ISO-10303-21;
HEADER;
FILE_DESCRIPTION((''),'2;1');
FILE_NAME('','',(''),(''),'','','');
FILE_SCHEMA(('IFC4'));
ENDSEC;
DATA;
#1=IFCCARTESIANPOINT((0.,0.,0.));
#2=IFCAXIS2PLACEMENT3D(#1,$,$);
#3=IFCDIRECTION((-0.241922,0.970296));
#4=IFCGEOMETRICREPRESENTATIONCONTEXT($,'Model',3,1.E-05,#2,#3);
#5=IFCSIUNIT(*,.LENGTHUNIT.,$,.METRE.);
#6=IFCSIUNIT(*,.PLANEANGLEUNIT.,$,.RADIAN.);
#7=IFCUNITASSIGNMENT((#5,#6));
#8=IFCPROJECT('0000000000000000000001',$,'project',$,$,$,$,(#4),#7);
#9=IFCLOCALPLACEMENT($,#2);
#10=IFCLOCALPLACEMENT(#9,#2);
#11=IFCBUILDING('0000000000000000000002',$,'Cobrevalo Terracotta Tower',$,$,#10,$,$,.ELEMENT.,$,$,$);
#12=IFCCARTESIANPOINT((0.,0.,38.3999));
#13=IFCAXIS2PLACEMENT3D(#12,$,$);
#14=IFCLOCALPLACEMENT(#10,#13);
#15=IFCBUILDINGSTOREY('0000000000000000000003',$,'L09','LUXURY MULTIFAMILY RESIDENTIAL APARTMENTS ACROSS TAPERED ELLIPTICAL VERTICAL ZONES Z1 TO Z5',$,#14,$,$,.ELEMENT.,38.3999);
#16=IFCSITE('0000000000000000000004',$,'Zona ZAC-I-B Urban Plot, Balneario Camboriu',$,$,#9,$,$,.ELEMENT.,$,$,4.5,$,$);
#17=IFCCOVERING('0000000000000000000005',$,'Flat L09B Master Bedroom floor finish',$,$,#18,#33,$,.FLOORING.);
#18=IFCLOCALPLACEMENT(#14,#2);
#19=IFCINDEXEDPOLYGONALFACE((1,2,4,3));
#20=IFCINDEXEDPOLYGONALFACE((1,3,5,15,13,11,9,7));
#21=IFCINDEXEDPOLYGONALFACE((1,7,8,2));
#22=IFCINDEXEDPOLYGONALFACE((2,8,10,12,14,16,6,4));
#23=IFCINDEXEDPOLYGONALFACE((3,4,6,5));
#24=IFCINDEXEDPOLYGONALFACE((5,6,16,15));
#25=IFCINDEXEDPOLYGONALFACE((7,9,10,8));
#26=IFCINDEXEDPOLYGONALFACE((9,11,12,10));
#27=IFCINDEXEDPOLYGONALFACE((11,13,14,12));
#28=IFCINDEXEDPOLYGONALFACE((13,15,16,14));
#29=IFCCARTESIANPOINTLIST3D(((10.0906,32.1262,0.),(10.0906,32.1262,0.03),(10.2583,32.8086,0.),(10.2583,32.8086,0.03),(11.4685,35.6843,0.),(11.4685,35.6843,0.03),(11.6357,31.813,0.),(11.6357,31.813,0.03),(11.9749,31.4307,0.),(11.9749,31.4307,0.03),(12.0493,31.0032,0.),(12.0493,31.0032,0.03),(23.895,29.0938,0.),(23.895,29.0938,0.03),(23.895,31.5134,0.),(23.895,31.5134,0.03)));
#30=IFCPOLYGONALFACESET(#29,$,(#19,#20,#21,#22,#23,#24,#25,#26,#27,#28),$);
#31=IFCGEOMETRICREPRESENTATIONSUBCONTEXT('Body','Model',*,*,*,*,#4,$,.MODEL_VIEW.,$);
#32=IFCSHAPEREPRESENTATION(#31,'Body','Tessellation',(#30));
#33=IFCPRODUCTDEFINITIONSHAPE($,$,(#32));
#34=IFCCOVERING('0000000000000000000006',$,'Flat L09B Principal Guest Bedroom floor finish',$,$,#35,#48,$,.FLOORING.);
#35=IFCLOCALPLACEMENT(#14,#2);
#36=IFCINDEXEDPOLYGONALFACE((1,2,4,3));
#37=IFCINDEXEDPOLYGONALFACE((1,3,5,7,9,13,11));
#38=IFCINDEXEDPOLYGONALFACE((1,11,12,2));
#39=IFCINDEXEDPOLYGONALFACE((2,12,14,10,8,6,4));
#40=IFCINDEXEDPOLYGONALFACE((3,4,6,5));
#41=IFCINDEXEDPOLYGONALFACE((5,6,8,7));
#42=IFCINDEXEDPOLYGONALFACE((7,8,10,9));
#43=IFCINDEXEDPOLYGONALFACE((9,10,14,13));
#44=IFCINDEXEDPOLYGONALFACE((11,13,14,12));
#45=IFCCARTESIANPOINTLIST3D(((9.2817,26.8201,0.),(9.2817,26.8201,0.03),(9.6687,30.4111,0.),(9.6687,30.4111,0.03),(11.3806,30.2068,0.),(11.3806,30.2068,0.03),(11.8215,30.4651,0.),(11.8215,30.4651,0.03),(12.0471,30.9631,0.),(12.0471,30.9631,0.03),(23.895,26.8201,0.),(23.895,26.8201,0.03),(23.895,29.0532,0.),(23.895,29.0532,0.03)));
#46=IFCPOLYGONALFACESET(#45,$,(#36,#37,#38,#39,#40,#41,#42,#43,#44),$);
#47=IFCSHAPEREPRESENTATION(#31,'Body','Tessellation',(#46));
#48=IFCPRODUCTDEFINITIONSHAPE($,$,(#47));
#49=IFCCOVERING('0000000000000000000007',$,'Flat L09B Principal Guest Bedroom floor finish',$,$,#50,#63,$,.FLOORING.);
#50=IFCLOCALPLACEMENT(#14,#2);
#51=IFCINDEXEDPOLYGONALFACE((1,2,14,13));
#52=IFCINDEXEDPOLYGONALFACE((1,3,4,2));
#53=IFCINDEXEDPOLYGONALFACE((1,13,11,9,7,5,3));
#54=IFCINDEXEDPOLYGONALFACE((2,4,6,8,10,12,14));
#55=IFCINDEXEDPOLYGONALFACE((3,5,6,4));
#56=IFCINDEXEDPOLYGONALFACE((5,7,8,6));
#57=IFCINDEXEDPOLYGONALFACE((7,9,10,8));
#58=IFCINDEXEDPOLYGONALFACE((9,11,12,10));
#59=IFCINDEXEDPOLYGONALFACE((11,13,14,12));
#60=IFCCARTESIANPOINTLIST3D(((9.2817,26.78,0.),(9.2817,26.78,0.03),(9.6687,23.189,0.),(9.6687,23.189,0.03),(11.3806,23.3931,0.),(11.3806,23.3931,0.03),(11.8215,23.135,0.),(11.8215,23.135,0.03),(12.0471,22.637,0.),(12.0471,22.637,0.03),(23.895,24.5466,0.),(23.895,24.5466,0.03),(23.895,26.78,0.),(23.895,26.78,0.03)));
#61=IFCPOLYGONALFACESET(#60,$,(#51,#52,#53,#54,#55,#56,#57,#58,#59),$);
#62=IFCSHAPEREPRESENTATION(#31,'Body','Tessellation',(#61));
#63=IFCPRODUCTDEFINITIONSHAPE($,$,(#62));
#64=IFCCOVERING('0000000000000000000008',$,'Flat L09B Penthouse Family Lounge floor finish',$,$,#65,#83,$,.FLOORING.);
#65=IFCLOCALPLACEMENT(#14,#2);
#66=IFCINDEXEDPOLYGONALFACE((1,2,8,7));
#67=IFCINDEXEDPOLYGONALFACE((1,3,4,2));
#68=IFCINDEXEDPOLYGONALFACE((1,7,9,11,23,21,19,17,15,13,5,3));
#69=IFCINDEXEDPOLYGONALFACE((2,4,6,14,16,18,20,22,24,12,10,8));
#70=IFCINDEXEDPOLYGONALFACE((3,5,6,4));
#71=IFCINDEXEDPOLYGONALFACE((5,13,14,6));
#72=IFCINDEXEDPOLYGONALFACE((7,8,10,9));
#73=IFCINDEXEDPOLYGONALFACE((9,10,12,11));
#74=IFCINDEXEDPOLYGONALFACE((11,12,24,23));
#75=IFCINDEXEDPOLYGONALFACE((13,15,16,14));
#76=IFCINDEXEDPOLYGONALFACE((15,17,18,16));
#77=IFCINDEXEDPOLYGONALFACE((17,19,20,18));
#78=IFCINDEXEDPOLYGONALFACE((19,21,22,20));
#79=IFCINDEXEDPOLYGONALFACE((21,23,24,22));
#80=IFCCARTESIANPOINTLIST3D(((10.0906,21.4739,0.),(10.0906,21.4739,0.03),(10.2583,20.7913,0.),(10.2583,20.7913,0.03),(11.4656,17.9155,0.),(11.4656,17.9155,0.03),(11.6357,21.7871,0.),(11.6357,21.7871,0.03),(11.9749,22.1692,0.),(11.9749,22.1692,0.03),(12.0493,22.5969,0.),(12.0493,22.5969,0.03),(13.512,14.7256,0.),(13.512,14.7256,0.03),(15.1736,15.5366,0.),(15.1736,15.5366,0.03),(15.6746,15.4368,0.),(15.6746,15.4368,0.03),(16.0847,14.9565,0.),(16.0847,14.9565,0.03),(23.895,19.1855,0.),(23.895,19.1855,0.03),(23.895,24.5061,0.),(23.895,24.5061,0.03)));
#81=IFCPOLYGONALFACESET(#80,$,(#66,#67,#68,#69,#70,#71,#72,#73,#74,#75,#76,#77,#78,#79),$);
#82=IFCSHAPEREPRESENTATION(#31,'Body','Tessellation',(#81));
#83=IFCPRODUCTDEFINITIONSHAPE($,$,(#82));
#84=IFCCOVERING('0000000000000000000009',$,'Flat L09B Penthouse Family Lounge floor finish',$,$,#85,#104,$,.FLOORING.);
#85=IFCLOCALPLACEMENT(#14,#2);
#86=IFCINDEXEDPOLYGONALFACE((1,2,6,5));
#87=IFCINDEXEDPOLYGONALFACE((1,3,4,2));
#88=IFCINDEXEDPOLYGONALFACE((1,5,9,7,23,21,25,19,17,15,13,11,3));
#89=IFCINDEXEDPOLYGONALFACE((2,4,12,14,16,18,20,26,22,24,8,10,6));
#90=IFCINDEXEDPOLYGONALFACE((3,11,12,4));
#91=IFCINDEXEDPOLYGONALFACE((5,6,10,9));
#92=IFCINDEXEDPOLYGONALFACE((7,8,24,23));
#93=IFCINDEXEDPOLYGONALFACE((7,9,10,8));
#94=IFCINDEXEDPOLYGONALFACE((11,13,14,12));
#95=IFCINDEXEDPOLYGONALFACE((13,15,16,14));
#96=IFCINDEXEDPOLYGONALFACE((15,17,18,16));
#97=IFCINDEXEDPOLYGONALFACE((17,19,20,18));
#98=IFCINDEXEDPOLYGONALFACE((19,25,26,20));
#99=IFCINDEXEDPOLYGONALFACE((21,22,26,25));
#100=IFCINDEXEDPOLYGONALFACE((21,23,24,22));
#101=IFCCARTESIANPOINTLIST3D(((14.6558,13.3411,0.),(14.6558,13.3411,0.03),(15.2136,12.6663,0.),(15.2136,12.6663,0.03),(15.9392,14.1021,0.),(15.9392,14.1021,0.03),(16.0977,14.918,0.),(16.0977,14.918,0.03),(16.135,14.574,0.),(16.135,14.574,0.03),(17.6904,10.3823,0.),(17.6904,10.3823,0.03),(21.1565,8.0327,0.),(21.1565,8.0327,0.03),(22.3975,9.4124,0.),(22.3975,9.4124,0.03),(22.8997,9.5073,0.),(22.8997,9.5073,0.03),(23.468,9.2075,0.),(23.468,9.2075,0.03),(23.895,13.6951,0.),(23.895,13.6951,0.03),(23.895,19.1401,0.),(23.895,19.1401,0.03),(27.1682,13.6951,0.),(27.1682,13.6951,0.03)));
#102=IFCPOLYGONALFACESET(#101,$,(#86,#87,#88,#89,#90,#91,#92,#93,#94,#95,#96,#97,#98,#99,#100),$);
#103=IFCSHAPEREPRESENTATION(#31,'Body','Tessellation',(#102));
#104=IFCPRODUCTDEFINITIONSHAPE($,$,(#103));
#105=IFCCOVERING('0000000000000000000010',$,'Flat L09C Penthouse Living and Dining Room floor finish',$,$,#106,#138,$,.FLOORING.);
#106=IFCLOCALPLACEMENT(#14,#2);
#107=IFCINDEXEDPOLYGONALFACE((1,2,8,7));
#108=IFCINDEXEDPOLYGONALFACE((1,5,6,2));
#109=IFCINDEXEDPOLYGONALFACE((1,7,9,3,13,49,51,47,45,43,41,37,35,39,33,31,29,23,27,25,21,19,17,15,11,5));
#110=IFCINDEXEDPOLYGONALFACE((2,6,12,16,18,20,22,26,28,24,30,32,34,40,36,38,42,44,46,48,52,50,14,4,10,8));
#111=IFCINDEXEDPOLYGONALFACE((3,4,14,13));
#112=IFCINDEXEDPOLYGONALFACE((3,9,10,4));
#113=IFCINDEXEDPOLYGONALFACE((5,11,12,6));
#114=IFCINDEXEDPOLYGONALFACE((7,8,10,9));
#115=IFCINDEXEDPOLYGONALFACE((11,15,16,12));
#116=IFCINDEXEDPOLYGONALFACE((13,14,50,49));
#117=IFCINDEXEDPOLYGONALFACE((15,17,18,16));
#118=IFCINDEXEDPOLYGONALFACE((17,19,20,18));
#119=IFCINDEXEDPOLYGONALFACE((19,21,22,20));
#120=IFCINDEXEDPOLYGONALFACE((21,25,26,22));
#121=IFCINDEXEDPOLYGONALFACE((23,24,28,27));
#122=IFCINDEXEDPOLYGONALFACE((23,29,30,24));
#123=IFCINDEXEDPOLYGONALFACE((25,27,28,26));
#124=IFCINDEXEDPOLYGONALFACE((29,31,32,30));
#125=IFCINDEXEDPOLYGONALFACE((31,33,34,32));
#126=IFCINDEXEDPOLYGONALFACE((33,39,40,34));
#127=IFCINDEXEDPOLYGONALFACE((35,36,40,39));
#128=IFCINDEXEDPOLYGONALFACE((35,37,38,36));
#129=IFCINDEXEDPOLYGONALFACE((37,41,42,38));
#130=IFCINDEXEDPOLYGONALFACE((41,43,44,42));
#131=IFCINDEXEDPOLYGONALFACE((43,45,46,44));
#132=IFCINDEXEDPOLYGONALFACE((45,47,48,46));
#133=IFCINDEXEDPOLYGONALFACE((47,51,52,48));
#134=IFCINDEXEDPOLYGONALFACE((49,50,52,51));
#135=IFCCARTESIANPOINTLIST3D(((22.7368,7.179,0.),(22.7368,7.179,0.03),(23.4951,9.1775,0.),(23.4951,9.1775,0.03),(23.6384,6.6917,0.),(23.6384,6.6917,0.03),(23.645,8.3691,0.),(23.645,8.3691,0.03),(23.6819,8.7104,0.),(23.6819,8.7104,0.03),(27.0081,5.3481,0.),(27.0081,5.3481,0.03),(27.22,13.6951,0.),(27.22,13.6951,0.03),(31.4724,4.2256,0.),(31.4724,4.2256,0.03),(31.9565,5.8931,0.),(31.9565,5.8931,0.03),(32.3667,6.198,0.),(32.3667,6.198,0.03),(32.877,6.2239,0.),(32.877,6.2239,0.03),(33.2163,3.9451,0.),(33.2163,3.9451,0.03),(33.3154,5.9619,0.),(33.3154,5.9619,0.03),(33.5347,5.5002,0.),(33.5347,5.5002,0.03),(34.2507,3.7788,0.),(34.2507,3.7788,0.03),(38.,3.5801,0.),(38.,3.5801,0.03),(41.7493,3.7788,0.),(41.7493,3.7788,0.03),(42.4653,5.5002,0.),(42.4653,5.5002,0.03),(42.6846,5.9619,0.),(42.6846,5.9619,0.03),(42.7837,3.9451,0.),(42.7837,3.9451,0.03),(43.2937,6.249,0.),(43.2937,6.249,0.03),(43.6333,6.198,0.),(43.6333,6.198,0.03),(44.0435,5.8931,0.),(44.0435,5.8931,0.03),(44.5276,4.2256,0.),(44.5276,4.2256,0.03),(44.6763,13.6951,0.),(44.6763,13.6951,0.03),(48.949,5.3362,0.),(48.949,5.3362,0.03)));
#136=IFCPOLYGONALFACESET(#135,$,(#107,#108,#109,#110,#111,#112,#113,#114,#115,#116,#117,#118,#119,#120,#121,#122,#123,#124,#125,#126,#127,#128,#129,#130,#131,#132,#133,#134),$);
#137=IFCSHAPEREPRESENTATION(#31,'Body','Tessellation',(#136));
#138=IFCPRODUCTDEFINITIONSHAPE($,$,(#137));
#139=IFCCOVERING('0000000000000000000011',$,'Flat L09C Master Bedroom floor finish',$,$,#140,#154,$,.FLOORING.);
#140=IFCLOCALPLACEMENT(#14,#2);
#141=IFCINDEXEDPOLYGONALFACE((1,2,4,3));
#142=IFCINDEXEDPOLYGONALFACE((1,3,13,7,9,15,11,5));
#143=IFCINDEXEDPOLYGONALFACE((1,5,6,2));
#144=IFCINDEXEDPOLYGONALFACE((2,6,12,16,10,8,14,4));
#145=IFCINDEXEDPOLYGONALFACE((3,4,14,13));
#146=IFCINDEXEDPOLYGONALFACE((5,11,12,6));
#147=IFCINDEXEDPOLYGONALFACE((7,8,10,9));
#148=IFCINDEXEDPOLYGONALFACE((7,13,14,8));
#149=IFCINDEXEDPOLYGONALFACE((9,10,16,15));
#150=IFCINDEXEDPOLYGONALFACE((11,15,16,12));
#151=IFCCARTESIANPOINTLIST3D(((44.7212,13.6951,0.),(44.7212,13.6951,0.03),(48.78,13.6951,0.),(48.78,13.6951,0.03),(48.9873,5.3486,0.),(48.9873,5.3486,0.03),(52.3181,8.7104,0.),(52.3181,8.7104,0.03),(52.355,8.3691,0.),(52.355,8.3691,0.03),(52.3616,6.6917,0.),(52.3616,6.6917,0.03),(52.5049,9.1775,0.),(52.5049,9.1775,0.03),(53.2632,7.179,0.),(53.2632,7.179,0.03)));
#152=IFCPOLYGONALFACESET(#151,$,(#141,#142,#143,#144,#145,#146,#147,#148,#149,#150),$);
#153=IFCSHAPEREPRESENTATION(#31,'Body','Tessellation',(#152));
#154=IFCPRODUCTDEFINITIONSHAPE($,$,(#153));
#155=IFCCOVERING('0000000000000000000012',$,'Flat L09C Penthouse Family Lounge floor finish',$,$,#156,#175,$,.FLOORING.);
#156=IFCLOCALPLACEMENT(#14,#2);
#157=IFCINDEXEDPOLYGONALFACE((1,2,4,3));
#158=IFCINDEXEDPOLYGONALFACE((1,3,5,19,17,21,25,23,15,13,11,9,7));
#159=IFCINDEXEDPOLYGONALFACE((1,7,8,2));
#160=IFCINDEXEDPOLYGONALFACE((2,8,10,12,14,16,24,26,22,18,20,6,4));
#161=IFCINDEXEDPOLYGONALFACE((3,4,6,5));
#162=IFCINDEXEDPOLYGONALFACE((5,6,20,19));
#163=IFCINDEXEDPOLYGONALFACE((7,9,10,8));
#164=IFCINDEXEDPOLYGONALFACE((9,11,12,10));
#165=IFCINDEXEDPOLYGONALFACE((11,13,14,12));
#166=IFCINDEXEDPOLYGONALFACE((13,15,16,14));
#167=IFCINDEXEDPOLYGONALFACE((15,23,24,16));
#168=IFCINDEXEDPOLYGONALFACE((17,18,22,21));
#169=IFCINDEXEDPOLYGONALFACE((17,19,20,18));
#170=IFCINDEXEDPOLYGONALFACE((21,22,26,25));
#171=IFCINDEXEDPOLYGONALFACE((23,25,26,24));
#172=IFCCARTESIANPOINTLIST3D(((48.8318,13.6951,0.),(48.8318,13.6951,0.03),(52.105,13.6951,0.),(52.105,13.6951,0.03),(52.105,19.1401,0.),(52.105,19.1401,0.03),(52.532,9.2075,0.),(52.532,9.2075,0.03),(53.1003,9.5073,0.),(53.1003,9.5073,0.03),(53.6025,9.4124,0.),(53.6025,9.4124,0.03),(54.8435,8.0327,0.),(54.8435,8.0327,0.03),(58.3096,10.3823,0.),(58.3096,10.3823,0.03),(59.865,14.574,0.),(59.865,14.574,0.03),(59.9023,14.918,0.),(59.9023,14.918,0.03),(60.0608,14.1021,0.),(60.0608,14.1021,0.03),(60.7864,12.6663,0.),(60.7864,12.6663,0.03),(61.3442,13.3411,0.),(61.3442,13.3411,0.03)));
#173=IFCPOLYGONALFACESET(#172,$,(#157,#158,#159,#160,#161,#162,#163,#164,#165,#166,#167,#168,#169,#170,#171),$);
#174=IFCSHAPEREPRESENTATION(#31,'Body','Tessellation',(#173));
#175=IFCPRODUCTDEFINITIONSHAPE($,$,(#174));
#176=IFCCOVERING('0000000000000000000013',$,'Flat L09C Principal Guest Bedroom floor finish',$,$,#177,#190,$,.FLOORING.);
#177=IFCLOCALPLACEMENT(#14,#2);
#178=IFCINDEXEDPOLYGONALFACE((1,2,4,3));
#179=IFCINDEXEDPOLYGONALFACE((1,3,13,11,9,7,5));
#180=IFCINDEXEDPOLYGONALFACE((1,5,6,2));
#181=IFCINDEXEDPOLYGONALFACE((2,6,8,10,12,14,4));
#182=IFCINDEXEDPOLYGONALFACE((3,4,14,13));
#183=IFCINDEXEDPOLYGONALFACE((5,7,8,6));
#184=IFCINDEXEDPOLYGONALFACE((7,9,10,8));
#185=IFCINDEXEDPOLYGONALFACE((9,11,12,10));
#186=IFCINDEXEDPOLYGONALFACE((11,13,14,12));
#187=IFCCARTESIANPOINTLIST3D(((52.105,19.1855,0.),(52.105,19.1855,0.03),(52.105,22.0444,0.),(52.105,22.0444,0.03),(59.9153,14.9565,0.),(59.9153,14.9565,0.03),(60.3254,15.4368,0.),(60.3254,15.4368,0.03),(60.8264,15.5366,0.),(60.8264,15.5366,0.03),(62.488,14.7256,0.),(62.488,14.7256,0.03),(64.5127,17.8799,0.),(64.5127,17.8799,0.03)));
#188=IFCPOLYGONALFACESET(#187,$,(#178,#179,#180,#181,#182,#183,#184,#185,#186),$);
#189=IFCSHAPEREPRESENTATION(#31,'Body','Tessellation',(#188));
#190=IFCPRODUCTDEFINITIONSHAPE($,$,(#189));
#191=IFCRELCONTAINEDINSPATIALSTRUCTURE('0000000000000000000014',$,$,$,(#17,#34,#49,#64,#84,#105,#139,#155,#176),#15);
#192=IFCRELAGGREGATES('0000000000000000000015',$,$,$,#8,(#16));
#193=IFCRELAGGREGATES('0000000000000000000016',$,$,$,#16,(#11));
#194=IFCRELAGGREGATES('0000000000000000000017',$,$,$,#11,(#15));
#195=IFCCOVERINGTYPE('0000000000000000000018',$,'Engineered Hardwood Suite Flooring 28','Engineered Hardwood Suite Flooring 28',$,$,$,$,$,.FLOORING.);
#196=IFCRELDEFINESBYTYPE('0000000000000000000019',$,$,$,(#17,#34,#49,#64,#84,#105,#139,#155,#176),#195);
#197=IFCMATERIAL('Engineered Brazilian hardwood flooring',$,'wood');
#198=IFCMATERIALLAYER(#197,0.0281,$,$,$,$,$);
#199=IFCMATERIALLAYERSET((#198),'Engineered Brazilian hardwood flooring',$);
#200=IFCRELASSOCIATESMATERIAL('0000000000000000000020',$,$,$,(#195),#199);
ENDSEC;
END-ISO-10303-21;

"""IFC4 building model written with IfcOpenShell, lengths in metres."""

from ifc_helpers import new_model, si_unit, direction, frame, origin, place, context, subcontext, project, spatial, polyline, outline, extrude, material, layer, layer_set, type_object, element, save


model = new_model("IFC4")

# Units and contexts
model_context = context("Model", 3, precision=1e-05, world=origin(), true_north=direction((-0.241922, 0.970296)))
body_context = subcontext(model_context, "Body", "Model", "MODEL_VIEW")
ifc_project = project(units=[si_unit("LENGTHUNIT", "METRE"), si_unit("PLANEANGLEUNIT", "RADIAN")], contexts=[model_context])

# Site, building, storey
site_placement = place(None, origin())
site = spatial("IfcSite", under=ifc_project, at=site_placement, Name="Zona ZAC-I-B Urban Plot, Balneario Camboriu", CompositionType="ELEMENT", RefElevation=4.5)
building_placement = place(site_placement, origin())
building = spatial("IfcBuilding", under=site, at=building_placement, Name="Cobrevalo Terracotta Tower", CompositionType="ELEMENT")
storey_placement = place(building_placement, frame((0.0, 0.0, 38.3999)))
storey = spatial("IfcBuildingStorey", under=building, at=storey_placement, Name="L09", Description="LUXURY MULTIFAMILY RESIDENTIAL APARTMENTS ACROSS TAPERED ELLIPTICAL VERTICAL ZONES Z1 TO Z5", CompositionType="ELEMENT", Elevation=38.3999)

# Coverings
ifc_material_1 = material(Name="Engineered Brazilian hardwood flooring", Category="wood")
ifc_layer_1 = layer(ifc_material_1, 0.0281)
ifc_layer_set_1 = layer_set([ifc_layer_1], Name="Engineered Brazilian hardwood flooring")
covering_type_1 = type_object("IfcCoveringType", Name="Engineered Hardwood Suite Flooring 28", Description="Engineered Hardwood Suite Flooring 28", PredefinedType="FLOORING", material=ifc_layer_set_1)
covering_1_placement = place(storey_placement, origin())
element("IfcCovering", 1, at=covering_1_placement, inside=storey, type_object=covering_type_1, Name="Flat L09B Master Bedroom floor finish", PredefinedType="FLOORING", context=body_context, shape_type="SweptSolid", body=[
    extrude(outline(polyline([(11.4685, 35.6843), (23.895, 31.5134), (23.895, 29.0938), (12.0493, 31.0032), (11.9749, 31.4307), (11.6357, 31.813), (10.0906, 32.1262), (10.2583, 32.8086), (11.4685, 35.6843)])), origin(), (0.0, 0.0, 1.0), 0.03),
])
covering_2_placement = place(storey_placement, origin())
element("IfcCovering", 2, at=covering_2_placement, inside=storey, type_object=covering_type_1, Name="Flat L09B Principal Guest Bedroom floor finish", PredefinedType="FLOORING", context=body_context, shape_type="SweptSolid", body=[
    extrude(outline(polyline([(9.6687, 30.4111), (11.3806, 30.2068), (11.8215, 30.4651), (12.0471, 30.9631), (23.895, 29.0532), (23.895, 26.8201), (9.2817, 26.8201), (9.6687, 30.4111)])), origin(), (0.0, 0.0, 1.0), 0.03),
])
covering_3_placement = place(storey_placement, origin())
element("IfcCovering", 3, at=covering_3_placement, inside=storey, type_object=covering_type_1, Name="Flat L09B Principal Guest Bedroom floor finish", PredefinedType="FLOORING", context=body_context, shape_type="SweptSolid", body=[
    extrude(outline(polyline([(9.2817, 26.78), (23.895, 26.78), (23.895, 24.5466), (12.0471, 22.637), (11.8215, 23.135), (11.3806, 23.3931), (9.6687, 23.189), (9.2817, 26.78)])), origin(), (0.0, 0.0, 1.0), 0.03),
])
covering_4_placement = place(storey_placement, origin())
element("IfcCovering", 4, at=covering_4_placement, inside=storey, type_object=covering_type_1, Name="Flat L09B Penthouse Family Lounge floor finish", PredefinedType="FLOORING", context=body_context, shape_type="SweptSolid", body=[
    extrude(outline(polyline([(11.4656, 17.9155), (10.2583, 20.7913), (10.0906, 21.4739), (11.6357, 21.7871), (11.9749, 22.1692), (12.0493, 22.5969), (23.895, 24.5061), (23.895, 19.1855), (16.0847, 14.9565), (15.6746, 15.4368), (15.1736, 15.5366), (13.512, 14.7256), (11.4656, 17.9155)])), origin(), (0.0, 0.0, 1.0), 0.03),
])
covering_5_placement = place(storey_placement, origin())
element("IfcCovering", 5, at=covering_5_placement, inside=storey, type_object=covering_type_1, Name="Flat L09B Penthouse Family Lounge floor finish", PredefinedType="FLOORING", context=body_context, shape_type="SweptSolid", body=[
    extrude(outline(polyline([(14.6558, 13.3411), (15.9392, 14.1021), (16.135, 14.574), (16.0977, 14.918), (23.895, 19.1401), (23.895, 13.6951), (27.1682, 13.6951), (23.468, 9.2075), (22.8997, 9.5073), (22.3975, 9.4124), (21.1565, 8.0327), (17.6904, 10.3823), (15.2136, 12.6663), (14.6558, 13.3411)])), origin(), (0.0, 0.0, 1.0), 0.03),
])
covering_6_placement = place(storey_placement, origin())
element("IfcCovering", 6, at=covering_6_placement, inside=storey, type_object=covering_type_1, Name="Flat L09C Penthouse Living and Dining Room floor finish", PredefinedType="FLOORING", context=body_context, shape_type="SweptSolid", body=[
    extrude(outline(polyline([(23.4951, 9.1775), (27.22, 13.6951), (44.6763, 13.6951), (48.949, 5.3362), (44.5276, 4.2256), (44.0435, 5.8931), (43.6333, 6.198), (43.2937, 6.249), (42.6846, 5.9619), (42.4653, 5.5002), (42.7837, 3.9451), (41.7493, 3.7788), (38.0, 3.5801), (34.2507, 3.7788), (33.2163, 3.9451), (33.5347, 5.5002), (33.3154, 5.9619), (32.877, 6.2239), (32.3667, 6.198), (31.9565, 5.8931), (31.4724, 4.2256), (27.0081, 5.3481), (23.6384, 6.6917), (22.7368, 7.179), (23.645, 8.3691), (23.6819, 8.7104), (23.4951, 9.1775)])), origin(), (0.0, 0.0, 1.0), 0.03),
])
covering_7_placement = place(storey_placement, origin())
element("IfcCovering", 7, at=covering_7_placement, inside=storey, type_object=covering_type_1, Name="Flat L09C Master Bedroom floor finish", PredefinedType="FLOORING", context=body_context, shape_type="SweptSolid", body=[
    extrude(outline(polyline([(48.9873, 5.3486), (44.7212, 13.6951), (48.78, 13.6951), (52.5049, 9.1775), (52.3181, 8.7104), (52.355, 8.3691), (53.2632, 7.179), (52.3616, 6.6917), (48.9873, 5.3486)])), origin(), (0.0, 0.0, 1.0), 0.03),
])
covering_8_placement = place(storey_placement, origin())
element("IfcCovering", 8, at=covering_8_placement, inside=storey, type_object=covering_type_1, Name="Flat L09C Penthouse Family Lounge floor finish", PredefinedType="FLOORING", context=body_context, shape_type="SweptSolid", body=[
    extrude(outline(polyline([(58.3096, 10.3823), (54.8435, 8.0327), (53.6025, 9.4124), (53.1003, 9.5073), (52.532, 9.2075), (48.8318, 13.6951), (52.105, 13.6951), (52.105, 19.1401), (59.9023, 14.918), (59.865, 14.574), (60.0608, 14.1021), (61.3442, 13.3411), (60.7864, 12.6663), (58.3096, 10.3823)])), origin(), (0.0, 0.0, 1.0), 0.03),
])
covering_9_placement = place(storey_placement, origin())
element("IfcCovering", 9, at=covering_9_placement, inside=storey, type_object=covering_type_1, Name="Flat L09C Principal Guest Bedroom floor finish", PredefinedType="FLOORING", context=body_context, shape_type="SweptSolid", body=[
    extrude(outline(polyline([(62.488, 14.7256), (60.8264, 15.5366), (60.3254, 15.4368), (59.9153, 14.9565), (52.105, 19.1855), (52.105, 22.0444), (64.5127, 17.8799), (62.488, 14.7256)])), origin(), (0.0, 0.0, 1.0), 0.03),
])

save(model, "model.ifc")
